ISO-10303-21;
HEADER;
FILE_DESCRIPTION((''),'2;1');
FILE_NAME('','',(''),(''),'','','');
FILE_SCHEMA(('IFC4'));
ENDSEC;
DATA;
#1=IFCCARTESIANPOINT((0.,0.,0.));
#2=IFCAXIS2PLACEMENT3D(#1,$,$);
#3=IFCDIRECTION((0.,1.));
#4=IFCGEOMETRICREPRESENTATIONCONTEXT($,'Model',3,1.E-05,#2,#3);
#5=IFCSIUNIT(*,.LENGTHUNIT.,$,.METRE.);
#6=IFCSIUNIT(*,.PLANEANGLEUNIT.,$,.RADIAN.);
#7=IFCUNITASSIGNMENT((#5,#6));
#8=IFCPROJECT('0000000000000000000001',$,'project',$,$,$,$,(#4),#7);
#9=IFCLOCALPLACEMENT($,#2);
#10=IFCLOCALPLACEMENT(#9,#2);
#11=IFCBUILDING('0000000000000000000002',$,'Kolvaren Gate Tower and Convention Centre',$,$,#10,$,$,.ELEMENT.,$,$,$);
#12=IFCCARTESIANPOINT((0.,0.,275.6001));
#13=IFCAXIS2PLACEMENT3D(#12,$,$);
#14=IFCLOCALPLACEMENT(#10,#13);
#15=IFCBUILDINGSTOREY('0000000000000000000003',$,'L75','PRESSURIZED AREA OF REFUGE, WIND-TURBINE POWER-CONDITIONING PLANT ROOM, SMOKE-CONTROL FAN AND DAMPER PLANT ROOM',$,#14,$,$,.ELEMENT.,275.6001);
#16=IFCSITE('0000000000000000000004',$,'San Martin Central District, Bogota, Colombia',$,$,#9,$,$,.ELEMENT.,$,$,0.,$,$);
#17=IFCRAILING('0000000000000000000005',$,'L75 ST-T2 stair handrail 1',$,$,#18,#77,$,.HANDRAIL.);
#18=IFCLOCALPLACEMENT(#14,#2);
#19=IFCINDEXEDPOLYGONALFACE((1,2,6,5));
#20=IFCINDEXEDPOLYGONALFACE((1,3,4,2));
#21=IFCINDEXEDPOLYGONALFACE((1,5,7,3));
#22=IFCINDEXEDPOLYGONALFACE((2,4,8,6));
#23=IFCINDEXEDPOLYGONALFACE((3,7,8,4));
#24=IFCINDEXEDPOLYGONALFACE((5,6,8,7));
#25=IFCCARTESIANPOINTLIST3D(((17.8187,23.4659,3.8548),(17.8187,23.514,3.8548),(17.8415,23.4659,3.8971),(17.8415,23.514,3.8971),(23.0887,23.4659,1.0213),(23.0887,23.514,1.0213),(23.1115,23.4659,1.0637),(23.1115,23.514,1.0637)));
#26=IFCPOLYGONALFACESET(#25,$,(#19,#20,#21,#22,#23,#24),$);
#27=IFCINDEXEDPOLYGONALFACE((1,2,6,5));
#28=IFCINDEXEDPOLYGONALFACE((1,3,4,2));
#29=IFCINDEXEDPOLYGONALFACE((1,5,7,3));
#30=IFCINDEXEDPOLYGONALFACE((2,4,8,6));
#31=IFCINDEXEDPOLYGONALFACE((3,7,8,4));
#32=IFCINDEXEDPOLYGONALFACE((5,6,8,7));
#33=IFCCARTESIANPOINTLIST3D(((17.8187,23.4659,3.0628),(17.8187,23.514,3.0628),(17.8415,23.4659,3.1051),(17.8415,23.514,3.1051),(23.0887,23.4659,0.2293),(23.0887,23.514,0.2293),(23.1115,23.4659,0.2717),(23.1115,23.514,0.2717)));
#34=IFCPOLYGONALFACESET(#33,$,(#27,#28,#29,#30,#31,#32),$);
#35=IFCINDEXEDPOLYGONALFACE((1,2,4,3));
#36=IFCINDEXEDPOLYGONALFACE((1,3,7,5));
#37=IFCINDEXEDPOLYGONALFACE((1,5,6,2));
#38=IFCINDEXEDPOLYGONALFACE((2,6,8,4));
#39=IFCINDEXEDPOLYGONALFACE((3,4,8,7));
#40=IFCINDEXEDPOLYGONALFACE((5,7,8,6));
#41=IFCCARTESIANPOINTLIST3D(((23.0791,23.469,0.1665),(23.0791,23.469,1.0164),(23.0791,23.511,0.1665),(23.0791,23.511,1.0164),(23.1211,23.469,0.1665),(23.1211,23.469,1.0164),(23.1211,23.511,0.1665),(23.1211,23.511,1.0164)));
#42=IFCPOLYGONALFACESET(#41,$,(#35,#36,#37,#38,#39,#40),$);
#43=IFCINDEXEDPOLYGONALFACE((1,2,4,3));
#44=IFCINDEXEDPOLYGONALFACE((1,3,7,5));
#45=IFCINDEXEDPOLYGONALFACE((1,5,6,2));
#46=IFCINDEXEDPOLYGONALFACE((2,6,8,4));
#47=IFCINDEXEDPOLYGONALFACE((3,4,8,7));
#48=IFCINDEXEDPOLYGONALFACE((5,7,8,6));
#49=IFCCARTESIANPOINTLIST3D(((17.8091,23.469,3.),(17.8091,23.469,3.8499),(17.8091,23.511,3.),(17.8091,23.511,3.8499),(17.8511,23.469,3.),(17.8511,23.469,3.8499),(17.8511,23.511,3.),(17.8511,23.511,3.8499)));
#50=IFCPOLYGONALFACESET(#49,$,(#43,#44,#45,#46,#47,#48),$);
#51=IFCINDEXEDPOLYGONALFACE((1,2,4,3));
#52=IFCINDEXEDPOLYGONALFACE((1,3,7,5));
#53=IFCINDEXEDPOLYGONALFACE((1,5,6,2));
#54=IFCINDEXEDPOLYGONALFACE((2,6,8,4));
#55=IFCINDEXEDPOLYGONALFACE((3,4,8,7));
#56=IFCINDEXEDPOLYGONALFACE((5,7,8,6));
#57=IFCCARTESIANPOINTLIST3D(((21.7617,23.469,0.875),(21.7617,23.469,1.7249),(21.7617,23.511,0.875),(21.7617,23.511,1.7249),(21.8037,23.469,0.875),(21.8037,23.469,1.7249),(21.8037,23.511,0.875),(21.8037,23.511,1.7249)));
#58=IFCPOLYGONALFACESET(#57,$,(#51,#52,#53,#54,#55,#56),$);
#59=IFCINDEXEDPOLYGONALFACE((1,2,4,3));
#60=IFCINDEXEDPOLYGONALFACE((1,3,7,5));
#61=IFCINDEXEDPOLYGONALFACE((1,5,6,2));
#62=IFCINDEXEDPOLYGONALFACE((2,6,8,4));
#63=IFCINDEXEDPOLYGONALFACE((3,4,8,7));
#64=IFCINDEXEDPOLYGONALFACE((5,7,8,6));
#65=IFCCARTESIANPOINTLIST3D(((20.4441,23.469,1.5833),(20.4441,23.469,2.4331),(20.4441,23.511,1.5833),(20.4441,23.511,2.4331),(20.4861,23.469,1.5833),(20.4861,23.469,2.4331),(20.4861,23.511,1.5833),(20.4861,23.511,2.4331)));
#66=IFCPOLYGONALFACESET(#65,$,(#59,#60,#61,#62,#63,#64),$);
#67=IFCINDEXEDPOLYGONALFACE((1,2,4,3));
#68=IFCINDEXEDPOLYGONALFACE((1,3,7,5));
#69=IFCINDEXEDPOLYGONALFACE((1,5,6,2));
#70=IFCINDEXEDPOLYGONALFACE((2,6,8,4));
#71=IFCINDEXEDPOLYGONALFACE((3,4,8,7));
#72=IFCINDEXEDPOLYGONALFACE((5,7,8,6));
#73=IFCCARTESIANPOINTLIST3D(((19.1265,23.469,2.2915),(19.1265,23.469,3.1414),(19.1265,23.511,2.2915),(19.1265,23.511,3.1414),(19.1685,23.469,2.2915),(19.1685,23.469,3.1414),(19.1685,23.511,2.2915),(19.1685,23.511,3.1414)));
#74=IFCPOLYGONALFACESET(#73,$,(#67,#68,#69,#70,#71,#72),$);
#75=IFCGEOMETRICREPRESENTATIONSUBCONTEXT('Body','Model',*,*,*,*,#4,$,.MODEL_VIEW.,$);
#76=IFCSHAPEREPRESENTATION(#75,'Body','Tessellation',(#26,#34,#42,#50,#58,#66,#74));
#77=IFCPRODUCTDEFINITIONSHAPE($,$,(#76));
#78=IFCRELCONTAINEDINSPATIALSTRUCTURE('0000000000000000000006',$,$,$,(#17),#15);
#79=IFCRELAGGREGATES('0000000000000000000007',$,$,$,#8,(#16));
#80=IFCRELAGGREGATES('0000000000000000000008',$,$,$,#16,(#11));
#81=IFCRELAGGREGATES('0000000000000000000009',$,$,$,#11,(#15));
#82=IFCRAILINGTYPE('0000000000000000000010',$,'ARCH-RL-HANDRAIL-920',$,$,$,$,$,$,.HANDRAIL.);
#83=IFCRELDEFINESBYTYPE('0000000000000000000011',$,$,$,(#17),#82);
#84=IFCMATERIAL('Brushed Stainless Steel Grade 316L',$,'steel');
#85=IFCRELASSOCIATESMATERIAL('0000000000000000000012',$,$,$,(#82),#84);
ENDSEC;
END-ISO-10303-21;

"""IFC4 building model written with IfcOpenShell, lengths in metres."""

from ifc_helpers import new_model, si_unit, direction, frame, origin, origin_2d, place, context, subcontext, project, spatial, rectangle, extrude, material, type_object, element, save


model = new_model("IFC4")

# Units and contexts
model_context = context("Model", 3, precision=1e-05, world=origin(), true_north=direction((0.0, 1.0)))
body_context = subcontext(model_context, "Body", "Model", "MODEL_VIEW")
ifc_project = project(units=[si_unit("LENGTHUNIT", "METRE"), si_unit("PLANEANGLEUNIT", "RADIAN")], contexts=[model_context])

# Site, building, storey
site_placement = place(None, origin())
site = spatial("IfcSite", under=ifc_project, at=site_placement, Name="San Martin Central District, Bogota, Colombia", CompositionType="ELEMENT", RefElevation=0.0)
building_placement = place(site_placement, origin())
building = spatial("IfcBuilding", under=site, at=building_placement, Name="Kolvaren Gate Tower and Convention Centre", CompositionType="ELEMENT")
storey_placement = place(building_placement, frame((0.0, 0.0, 275.6001)))
storey = spatial("IfcBuildingStorey", under=building, at=storey_placement, Name="L75", Description="PRESSURIZED AREA OF REFUGE, WIND-TURBINE POWER-CONDITIONING PLANT ROOM, SMOKE-CONTROL FAN AND DAMPER PLANT ROOM", CompositionType="ELEMENT", Elevation=275.6001)

# Shared definitions
ifc_material_1 = material(Name="Brushed Stainless Steel Grade 316L", Category="steel")

# Railing
railing_type_1 = type_object("IfcRailingType", Name="ARCH-RL-HANDRAIL-920", PredefinedType="HANDRAIL", material=ifc_material_1)
railing_1_placement = place(storey_placement, frame((23.1001, 23.49, 0.1665)))
element("IfcRailing", 1, at=railing_1_placement, inside=storey, type_object=railing_type_1, Name="L75 ST-T2 stair handrail 1", PredefinedType="HANDRAIL", context=body_context, shape_type="SweptSolid", body=[
    extrude(rectangle(XDim=0.0481, YDim=0.0481, at=origin_2d()), frame((0.0, 0.0, 0.876), z_axis=(-0.880764, 0.0, 0.473555), x_axis=(0.0, -1.0, 0.0)), (0.0, 0.0, 1.0), 5.9834),
    extrude(rectangle(XDim=0.0481, YDim=0.0481, at=origin_2d()), frame((0.0, 0.0, 0.084), z_axis=(-0.880764, 0.0, 0.473555), x_axis=(0.0, -1.0, 0.0)), (0.0, 0.0, 1.0), 5.9834),
    extrude(rectangle(XDim=0.042, YDim=0.042, at=origin_2d()), origin(), (0.0, 0.0, 1.0), 0.8499),
    extrude(rectangle(XDim=0.042, YDim=0.042, at=origin_2d()), frame((-5.27, 0.0, 2.8335)), (0.0, 0.0, 1.0), 0.8499),
    extrude(rectangle(XDim=0.042, YDim=0.042, at=origin_2d()), frame((-1.3174, 0.0, 0.7085)), (0.0, 0.0, 1.0), 0.8499),
    extrude(rectangle(XDim=0.042, YDim=0.042, at=origin_2d()), frame((-2.635, 0.0, 1.4167)), (0.0, 0.0, 1.0), 0.8499),
    extrude(rectangle(XDim=0.042, YDim=0.042, at=origin_2d()), frame((-3.9526, 0.0, 2.125)), (0.0, 0.0, 1.0), 0.8499),
])

save(model, "model.ifc")
